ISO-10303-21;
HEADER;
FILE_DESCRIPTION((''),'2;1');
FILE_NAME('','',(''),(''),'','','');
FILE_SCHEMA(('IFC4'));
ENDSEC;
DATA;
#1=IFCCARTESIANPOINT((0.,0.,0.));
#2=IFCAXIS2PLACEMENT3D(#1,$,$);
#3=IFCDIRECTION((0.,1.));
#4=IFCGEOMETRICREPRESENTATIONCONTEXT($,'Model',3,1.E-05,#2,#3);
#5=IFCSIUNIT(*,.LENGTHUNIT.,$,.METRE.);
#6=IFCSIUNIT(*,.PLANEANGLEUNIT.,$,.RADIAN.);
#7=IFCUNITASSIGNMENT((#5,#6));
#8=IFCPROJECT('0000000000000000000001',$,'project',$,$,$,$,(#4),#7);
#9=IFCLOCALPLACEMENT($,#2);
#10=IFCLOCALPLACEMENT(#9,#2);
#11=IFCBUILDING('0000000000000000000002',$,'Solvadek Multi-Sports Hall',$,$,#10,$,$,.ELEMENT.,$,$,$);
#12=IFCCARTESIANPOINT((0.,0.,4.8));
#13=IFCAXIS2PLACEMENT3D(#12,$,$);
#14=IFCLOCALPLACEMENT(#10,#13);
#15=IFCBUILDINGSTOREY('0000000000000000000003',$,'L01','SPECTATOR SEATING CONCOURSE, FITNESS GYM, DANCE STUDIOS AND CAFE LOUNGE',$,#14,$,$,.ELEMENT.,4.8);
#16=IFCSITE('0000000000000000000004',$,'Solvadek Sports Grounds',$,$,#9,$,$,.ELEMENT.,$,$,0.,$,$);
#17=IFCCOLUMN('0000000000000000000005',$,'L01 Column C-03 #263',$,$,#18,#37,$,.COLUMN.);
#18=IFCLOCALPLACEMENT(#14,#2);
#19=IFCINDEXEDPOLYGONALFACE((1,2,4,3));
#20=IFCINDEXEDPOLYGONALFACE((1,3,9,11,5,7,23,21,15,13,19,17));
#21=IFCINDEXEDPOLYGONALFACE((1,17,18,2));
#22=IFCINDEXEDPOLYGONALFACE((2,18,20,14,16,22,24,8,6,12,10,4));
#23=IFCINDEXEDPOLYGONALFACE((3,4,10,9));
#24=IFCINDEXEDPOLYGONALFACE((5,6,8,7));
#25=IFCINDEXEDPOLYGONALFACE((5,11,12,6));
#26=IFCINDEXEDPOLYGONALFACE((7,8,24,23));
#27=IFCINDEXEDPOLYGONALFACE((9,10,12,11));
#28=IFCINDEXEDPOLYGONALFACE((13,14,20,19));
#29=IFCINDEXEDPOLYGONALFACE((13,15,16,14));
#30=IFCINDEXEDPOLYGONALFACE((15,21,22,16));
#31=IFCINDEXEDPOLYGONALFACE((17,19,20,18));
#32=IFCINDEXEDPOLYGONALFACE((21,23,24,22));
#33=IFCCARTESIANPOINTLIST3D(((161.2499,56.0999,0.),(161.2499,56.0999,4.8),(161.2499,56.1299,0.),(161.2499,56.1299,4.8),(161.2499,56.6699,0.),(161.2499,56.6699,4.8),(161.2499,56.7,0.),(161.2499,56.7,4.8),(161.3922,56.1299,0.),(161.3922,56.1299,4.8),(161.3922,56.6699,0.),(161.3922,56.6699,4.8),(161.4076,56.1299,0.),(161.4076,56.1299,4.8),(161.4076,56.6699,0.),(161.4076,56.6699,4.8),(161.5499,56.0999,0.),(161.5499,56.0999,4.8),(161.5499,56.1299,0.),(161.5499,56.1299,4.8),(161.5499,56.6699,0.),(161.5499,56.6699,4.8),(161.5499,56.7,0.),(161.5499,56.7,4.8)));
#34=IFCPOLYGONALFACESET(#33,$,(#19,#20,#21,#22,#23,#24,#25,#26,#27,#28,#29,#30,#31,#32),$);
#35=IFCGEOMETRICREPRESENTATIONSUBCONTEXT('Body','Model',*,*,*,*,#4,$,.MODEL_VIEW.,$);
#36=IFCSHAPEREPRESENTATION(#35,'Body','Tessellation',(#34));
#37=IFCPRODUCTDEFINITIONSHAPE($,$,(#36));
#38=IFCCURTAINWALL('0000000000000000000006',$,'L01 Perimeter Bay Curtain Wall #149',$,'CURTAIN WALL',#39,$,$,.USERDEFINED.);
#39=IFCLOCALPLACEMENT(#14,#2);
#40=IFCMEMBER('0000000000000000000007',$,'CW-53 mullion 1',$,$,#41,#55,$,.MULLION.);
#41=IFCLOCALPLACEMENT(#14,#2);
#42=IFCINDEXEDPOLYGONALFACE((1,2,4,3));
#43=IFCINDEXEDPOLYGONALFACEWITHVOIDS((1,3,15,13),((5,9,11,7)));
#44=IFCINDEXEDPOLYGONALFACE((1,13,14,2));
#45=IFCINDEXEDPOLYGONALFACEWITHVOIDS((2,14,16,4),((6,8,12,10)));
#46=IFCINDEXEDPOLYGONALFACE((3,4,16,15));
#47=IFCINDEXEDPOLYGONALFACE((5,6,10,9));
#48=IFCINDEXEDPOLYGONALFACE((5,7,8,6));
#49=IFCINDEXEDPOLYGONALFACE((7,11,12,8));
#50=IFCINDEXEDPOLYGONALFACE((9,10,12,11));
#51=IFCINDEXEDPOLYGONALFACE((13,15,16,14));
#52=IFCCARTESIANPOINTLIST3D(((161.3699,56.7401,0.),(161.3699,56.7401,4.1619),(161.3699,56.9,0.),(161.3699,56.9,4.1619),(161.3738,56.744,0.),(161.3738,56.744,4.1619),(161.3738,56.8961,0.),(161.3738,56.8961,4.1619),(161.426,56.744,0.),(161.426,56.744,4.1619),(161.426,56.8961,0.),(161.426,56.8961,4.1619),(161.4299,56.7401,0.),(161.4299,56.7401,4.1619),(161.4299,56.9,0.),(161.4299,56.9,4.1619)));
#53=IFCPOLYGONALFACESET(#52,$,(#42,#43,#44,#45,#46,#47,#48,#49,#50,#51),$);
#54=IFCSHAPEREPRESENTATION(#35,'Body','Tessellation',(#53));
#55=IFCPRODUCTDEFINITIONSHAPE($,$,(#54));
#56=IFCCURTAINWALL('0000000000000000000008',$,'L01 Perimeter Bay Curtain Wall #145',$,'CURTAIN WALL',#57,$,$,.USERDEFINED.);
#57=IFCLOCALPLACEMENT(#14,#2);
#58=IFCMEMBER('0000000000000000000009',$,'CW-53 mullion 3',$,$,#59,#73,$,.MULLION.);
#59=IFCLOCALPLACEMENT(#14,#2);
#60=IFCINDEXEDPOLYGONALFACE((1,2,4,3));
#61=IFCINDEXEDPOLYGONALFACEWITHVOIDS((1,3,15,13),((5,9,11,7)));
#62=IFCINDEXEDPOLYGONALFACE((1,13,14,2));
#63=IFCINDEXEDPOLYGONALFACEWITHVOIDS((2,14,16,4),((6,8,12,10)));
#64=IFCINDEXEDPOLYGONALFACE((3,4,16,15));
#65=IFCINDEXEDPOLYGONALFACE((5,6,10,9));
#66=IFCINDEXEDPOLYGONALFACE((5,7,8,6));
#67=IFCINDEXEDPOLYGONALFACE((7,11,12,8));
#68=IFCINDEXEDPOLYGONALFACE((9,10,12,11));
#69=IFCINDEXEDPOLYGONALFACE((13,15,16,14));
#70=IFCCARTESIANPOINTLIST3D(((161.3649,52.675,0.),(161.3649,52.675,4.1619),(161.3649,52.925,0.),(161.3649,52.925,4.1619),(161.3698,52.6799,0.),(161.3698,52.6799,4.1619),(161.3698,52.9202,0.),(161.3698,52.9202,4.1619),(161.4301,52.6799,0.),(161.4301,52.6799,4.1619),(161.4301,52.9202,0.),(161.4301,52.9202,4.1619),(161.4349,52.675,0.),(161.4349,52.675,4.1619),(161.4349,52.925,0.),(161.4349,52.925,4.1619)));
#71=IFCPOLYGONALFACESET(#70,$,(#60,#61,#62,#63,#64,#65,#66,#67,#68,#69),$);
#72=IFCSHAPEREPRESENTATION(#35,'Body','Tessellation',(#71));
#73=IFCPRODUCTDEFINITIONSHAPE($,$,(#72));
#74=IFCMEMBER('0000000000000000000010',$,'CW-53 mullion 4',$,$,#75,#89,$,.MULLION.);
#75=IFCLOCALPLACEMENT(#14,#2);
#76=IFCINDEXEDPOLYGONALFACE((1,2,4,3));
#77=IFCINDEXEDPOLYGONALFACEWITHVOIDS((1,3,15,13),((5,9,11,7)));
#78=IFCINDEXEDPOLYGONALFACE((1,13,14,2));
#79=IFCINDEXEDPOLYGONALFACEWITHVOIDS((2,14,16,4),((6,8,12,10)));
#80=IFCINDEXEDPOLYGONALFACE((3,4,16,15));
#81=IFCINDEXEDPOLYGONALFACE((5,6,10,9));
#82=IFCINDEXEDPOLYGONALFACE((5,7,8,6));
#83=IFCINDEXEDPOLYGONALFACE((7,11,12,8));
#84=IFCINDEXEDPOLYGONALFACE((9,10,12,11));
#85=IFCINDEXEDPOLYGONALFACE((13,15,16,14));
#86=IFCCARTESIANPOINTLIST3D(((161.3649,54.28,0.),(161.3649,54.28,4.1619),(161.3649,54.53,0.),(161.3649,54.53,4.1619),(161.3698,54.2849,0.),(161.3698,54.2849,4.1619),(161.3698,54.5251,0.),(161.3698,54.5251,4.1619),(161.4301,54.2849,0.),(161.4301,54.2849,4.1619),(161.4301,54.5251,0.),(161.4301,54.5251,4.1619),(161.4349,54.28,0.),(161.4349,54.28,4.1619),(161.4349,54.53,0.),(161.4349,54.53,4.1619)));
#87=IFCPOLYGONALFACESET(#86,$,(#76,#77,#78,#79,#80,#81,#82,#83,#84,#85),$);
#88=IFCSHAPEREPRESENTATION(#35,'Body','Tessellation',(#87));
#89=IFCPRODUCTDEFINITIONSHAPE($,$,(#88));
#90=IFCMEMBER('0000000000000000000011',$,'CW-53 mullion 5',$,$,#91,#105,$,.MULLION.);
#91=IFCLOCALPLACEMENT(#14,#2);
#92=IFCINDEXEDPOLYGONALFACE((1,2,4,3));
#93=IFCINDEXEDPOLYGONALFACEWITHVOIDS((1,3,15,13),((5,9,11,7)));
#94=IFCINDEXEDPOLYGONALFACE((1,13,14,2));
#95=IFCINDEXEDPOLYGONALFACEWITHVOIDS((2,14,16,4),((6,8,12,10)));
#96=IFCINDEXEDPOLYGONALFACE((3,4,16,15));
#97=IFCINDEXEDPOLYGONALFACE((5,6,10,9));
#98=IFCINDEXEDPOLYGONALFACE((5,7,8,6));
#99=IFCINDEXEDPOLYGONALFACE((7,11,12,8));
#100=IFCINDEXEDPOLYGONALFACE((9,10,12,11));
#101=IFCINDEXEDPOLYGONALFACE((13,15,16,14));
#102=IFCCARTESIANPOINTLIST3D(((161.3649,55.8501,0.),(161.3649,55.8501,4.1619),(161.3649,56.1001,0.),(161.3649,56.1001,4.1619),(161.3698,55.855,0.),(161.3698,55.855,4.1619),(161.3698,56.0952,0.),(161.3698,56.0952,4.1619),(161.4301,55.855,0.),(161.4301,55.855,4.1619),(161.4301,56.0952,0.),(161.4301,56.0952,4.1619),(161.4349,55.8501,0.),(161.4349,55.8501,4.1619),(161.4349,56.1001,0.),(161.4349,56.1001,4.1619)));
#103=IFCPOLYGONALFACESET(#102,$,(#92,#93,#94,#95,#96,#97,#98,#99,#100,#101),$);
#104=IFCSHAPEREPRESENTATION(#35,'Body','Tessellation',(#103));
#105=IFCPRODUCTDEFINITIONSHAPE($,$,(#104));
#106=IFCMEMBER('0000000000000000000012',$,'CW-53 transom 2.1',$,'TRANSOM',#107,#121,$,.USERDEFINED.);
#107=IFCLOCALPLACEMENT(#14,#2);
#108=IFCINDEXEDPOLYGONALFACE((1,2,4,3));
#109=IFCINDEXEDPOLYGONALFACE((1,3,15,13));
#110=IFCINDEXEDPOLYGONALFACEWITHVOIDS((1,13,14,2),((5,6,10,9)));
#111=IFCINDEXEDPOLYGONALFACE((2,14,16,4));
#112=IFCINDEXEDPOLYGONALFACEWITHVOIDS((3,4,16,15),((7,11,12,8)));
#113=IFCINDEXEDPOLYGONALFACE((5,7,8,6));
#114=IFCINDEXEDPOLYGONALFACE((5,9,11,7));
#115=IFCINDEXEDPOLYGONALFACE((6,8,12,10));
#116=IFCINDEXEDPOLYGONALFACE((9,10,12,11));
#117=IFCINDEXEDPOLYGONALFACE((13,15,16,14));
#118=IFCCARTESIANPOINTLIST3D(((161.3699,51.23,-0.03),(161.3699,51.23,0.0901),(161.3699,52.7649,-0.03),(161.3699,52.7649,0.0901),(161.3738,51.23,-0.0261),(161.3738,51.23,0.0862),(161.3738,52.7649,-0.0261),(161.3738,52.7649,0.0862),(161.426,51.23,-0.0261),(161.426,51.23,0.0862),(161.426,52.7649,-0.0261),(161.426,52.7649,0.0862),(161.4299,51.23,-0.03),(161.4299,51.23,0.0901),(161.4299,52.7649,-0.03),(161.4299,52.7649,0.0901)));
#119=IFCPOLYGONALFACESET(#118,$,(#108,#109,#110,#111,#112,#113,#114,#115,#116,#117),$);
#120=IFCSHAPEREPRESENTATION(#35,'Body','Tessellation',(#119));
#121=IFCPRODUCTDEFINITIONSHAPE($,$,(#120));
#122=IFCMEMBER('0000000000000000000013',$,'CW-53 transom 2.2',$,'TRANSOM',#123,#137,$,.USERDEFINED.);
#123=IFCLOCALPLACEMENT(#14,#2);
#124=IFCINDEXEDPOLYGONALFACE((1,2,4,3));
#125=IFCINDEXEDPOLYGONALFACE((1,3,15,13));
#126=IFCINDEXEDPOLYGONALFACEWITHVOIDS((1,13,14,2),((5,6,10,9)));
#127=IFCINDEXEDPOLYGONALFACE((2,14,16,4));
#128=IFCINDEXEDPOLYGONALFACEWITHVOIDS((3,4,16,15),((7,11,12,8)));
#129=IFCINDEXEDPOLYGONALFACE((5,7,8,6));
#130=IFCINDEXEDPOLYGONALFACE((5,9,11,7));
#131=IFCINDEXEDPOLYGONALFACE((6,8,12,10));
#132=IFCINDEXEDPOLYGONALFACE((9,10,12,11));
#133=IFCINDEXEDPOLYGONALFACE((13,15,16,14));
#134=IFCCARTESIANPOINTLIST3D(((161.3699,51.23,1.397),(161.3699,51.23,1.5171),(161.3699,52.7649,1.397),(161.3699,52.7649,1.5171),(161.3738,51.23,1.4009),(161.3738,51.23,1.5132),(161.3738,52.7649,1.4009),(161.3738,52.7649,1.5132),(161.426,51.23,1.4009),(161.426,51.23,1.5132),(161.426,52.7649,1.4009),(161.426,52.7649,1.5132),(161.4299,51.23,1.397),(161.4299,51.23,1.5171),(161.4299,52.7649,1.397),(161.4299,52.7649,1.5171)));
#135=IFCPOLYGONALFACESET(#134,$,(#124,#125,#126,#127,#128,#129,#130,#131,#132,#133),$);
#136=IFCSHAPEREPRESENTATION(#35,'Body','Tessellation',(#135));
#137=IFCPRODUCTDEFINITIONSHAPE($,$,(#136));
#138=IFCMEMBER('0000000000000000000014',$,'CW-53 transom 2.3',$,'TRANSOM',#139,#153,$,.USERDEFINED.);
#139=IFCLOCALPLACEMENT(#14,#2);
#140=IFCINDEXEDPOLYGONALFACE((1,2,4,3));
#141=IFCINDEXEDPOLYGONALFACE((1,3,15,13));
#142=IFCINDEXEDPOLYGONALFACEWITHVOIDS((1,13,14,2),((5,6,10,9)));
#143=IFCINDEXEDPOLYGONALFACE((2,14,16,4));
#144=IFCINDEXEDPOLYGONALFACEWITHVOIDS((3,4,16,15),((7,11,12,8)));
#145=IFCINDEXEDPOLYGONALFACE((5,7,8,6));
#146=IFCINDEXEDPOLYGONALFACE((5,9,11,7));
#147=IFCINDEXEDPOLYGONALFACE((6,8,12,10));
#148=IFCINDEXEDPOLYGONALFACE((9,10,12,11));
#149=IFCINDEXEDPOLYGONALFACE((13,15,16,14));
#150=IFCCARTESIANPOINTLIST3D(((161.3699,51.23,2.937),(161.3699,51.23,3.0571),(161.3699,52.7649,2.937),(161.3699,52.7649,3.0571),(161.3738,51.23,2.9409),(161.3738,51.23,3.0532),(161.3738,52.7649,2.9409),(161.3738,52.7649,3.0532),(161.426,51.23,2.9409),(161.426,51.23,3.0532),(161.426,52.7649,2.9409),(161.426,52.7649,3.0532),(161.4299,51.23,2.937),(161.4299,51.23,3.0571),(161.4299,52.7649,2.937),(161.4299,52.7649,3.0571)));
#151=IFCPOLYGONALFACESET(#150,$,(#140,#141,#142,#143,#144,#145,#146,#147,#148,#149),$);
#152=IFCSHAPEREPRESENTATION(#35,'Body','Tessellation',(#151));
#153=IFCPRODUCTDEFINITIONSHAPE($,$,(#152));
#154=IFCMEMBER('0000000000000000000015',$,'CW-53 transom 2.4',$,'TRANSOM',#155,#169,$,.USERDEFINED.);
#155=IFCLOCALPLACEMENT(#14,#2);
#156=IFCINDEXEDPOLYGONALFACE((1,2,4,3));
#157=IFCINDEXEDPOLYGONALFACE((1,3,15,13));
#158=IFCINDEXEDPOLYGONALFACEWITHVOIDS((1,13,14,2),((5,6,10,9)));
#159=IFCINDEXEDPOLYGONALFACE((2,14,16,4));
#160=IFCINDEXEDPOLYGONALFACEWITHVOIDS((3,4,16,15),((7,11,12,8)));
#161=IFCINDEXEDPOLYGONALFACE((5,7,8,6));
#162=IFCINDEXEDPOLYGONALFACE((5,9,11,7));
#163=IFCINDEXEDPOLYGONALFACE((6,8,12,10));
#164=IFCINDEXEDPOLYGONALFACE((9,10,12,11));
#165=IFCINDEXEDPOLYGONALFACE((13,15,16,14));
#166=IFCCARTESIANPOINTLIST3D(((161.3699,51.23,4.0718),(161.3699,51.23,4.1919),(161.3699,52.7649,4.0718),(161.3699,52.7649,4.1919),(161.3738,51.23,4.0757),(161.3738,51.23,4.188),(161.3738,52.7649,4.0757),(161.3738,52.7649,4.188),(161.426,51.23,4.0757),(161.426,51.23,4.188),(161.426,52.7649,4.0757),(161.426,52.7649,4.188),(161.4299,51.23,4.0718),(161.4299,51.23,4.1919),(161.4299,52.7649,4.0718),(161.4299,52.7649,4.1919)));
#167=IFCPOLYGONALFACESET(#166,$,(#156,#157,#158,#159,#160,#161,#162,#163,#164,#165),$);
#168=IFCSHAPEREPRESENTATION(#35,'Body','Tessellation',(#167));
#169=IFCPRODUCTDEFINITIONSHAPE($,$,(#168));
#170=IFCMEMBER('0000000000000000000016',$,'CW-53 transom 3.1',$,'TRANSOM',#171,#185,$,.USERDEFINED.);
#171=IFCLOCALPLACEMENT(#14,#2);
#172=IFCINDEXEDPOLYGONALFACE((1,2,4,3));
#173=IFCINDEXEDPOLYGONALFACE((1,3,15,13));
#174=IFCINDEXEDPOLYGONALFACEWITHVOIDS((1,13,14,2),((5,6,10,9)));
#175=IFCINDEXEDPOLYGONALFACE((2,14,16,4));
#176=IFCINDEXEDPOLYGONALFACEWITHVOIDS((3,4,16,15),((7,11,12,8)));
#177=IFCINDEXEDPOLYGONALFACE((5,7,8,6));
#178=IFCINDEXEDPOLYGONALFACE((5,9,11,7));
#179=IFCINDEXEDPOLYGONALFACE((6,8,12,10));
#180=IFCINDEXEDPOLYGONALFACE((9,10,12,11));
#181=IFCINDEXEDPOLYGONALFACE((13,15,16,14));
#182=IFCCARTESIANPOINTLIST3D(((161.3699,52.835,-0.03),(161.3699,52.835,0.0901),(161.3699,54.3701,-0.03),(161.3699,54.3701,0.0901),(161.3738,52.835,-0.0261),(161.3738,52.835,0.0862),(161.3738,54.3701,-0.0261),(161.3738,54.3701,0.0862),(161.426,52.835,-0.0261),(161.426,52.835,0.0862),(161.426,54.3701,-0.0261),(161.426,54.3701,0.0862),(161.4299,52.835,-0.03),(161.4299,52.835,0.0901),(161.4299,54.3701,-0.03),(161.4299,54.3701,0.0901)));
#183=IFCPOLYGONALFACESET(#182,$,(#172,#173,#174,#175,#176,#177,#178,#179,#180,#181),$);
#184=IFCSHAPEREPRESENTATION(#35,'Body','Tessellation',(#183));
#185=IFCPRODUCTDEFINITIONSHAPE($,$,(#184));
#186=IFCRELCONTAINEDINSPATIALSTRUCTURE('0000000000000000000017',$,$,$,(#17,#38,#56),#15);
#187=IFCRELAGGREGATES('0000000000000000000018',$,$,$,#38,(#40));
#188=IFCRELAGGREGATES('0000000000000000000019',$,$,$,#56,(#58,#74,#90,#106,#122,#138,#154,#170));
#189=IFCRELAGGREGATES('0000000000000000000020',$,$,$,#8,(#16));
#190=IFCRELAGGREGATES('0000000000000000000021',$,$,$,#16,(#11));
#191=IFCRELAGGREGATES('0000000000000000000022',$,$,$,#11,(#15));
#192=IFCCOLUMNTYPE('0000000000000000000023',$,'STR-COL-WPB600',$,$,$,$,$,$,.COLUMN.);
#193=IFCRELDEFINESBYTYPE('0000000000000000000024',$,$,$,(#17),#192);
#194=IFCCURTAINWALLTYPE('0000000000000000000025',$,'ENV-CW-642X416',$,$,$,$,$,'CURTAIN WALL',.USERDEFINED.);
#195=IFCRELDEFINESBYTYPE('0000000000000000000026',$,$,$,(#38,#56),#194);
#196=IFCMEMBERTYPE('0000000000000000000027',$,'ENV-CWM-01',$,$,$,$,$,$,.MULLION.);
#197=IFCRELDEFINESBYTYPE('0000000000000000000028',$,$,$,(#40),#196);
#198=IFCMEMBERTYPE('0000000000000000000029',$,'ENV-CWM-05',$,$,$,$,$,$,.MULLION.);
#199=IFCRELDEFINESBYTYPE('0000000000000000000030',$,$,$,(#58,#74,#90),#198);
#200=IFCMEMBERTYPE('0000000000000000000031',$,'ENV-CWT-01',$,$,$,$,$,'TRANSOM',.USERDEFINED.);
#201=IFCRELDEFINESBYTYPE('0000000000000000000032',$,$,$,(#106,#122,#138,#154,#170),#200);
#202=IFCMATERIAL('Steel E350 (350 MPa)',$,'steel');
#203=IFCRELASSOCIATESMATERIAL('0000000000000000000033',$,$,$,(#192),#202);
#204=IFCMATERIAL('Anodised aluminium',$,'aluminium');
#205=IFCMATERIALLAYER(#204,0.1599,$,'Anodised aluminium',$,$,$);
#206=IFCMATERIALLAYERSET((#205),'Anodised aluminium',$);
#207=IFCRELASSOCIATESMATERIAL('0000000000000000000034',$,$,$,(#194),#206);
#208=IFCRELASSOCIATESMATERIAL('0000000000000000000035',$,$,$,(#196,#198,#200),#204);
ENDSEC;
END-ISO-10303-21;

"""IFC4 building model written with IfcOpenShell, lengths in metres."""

from ifc_helpers import new_model, si_unit, direction, frame, origin, origin_2d, place, context, subcontext, project, spatial, hollow_rectangle, i_section, extrude, material, layer, layer_set, material_profile, profile_set, type_object, element, aggregate, save


model = new_model("IFC4")

# Units and contexts
model_context = context("Model", 3, precision=1e-05, world=origin(), true_north=direction((0.0, 1.0)))
body_context = subcontext(model_context, "Body", "Model", "MODEL_VIEW")
ifc_project = project(units=[si_unit("LENGTHUNIT", "METRE"), si_unit("PLANEANGLEUNIT", "RADIAN")], contexts=[model_context])

# Site, building, storey
site_placement = place(None, origin())
site = spatial("IfcSite", under=ifc_project, at=site_placement, Name="Solvadek Sports Grounds", CompositionType="ELEMENT", RefElevation=0.0)
building_placement = place(site_placement, origin())
building = spatial("IfcBuilding", under=site, at=building_placement, Name="Solvadek Multi-Sports Hall", CompositionType="ELEMENT")
storey_placement = place(building_placement, frame((0.0, 0.0, 4.8)))
storey = spatial("IfcBuildingStorey", under=building, at=storey_placement, Name="L01", Description="SPECTATOR SEATING CONCOURSE, FITNESS GYM, DANCE STUDIOS AND CAFE LOUNGE", CompositionType="ELEMENT", Elevation=4.8)

# Column
ifc_material_1 = material(Name="Steel E350 (350 MPa)", Category="steel")
ifc_material_profile_1 = material_profile(ifc_material_1, i_section(OverallWidth=0.3, OverallDepth=0.6001, WebThickness=0.0154, FlangeThickness=0.03, at=origin_2d()), Name="WPB 600")
ifc_profile_set_1 = profile_set([ifc_material_profile_1], Name="Steel E350 (350 MPa)")
column_type = type_object("IfcColumnType", Name="STR-COL-WPB600", PredefinedType="COLUMN", material=ifc_profile_set_1)
column_placement = place(storey_placement, frame((161.3999, 56.3999, 0.0), z_axis=(0.0, 0.0, 1.0), x_axis=(1.0, 0.0, 0.0)))
element("IfcColumn", 1, at=column_placement, inside=storey, type_object=column_type, Name="L01 Column C-03 #263", PredefinedType="COLUMN", context=body_context, shape_type="SweptSolid", body=[
    extrude(i_section(OverallWidth=0.3, OverallDepth=0.6001, WebThickness=0.0154, FlangeThickness=0.03, at=origin_2d()), origin(), (0.0, 0.0, 1.0), 4.8),
])

# Curtain wall, member
ifc_material_2 = material(Name="Anodised aluminium", Category="aluminium")
ifc_layer_1 = layer(ifc_material_2, 0.1599, Name="Anodised aluminium")
ifc_layer_set_1 = layer_set([ifc_layer_1], Name="Anodised aluminium")
curtain_wall_type = type_object("IfcCurtainWallType", Name="ENV-CW-642X416", ElementType="CURTAIN WALL", PredefinedType="USERDEFINED", material=ifc_layer_set_1)
curtain_wall_1_placement = place(storey_placement, origin())
curtain_wall_1 = element("IfcCurtainWall", 2, at=curtain_wall_1_placement, inside=storey, type_object=curtain_wall_type, Name="L01 Perimeter Bay Curtain Wall #149", ObjectType="CURTAIN WALL", PredefinedType="USERDEFINED")
ifc_material_profile_2 = material_profile(ifc_material_2, hollow_rectangle(XDim=0.0601, YDim=0.1599, WallThickness=0.0039, at=origin_2d()), Name="ALU-M 160x60x4")
ifc_profile_set_2 = profile_set([ifc_material_profile_2], Name="Anodised aluminium")
member_type_1 = type_object("IfcMemberType", Name="ENV-CWM-01", PredefinedType="MULLION", material=ifc_profile_set_2)
member_1_placement = place(storey_placement, frame((161.3999, 56.8201, 0.0), z_axis=(0.0, 0.0, 1.0), x_axis=(-1.0, 0.0, 0.0)))
member_1 = element("IfcMember", 3, at=member_1_placement, type_object=member_type_1, Name="CW-53 mullion 1", PredefinedType="MULLION", context=body_context, shape_type="SweptSolid", body=[
    extrude(hollow_rectangle(XDim=0.0601, YDim=0.1599, WallThickness=0.0039, at=origin_2d()), origin(), (0.0, 0.0, 1.0), 4.1619),
])

# Curtain wall, members
curtain_wall_2_placement = place(storey_placement, origin())
curtain_wall_2 = element("IfcCurtainWall", 4, at=curtain_wall_2_placement, inside=storey, type_object=curtain_wall_type, Name="L01 Perimeter Bay Curtain Wall #145", ObjectType="CURTAIN WALL", PredefinedType="USERDEFINED")
ifc_material_profile_3 = material_profile(ifc_material_2, hollow_rectangle(XDim=0.0701, YDim=0.25, WallThickness=0.0049, at=origin_2d()), Name="ALU-M 250x70x5")
ifc_profile_set_3 = profile_set([ifc_material_profile_3], Name="Anodised aluminium")
member_type_2 = type_object("IfcMemberType", Name="ENV-CWM-05", PredefinedType="MULLION", material=ifc_profile_set_3)
member_2_placement = place(storey_placement, frame((161.3999, 52.8, 0.0), z_axis=(0.0, 0.0, 1.0), x_axis=(-1.0, 0.0, 0.0)))
member_2 = element("IfcMember", 5, at=member_2_placement, type_object=member_type_2, Name="CW-53 mullion 3", PredefinedType="MULLION", context=body_context, shape_type="SweptSolid", body=[
    extrude(hollow_rectangle(XDim=0.0701, YDim=0.25, WallThickness=0.0049, at=origin_2d()), origin(), (0.0, 0.0, 1.0), 4.1619),
])
member_3_placement = place(storey_placement, frame((161.3999, 54.405, 0.0), z_axis=(0.0, 0.0, 1.0), x_axis=(-1.0, 0.0, 0.0)))
member_3 = element("IfcMember", 6, at=member_3_placement, type_object=member_type_2, Name="CW-53 mullion 4", PredefinedType="MULLION", context=body_context, shape_type="SweptSolid", body=[
    extrude(hollow_rectangle(XDim=0.0701, YDim=0.25, WallThickness=0.0049, at=origin_2d()), origin(), (0.0, 0.0, 1.0), 4.1619),
])
member_4_placement = place(storey_placement, frame((161.3999, 55.9751, 0.0), z_axis=(0.0, 0.0, 1.0), x_axis=(-1.0, 0.0, 0.0)))
member_4 = element("IfcMember", 7, at=member_4_placement, type_object=member_type_2, Name="CW-53 mullion 5", PredefinedType="MULLION", context=body_context, shape_type="SweptSolid", body=[
    extrude(hollow_rectangle(XDim=0.0701, YDim=0.25, WallThickness=0.0049, at=origin_2d()), origin(), (0.0, 0.0, 1.0), 4.1619),
])
ifc_material_profile_4 = material_profile(ifc_material_2, hollow_rectangle(XDim=0.0601, YDim=0.1201, WallThickness=0.0039, at=origin_2d()), Name="ALU-T 120x60x4")
ifc_profile_set_4 = profile_set([ifc_material_profile_4], Name="Anodised aluminium")
member_type_3 = type_object("IfcMemberType", Name="ENV-CWT-01", ElementType="TRANSOM", PredefinedType="USERDEFINED", material=ifc_profile_set_4)
member_5_placement = place(storey_placement, frame((161.3999, 51.23, 0.03), z_axis=(0.0, 1.0, 0.0), x_axis=(-1.0, 0.0, 0.0)))
member_5 = element("IfcMember", 8, at=member_5_placement, type_object=member_type_3, Name="CW-53 transom 2.1", ObjectType="TRANSOM", PredefinedType="USERDEFINED", context=body_context, shape_type="SweptSolid", body=[
    extrude(hollow_rectangle(XDim=0.0601, YDim=0.1201, WallThickness=0.0039, at=origin_2d()), origin(), (0.0, 0.0, 1.0), 1.5349),
])
member_6_placement = place(storey_placement, frame((161.3999, 51.23, 1.457), z_axis=(0.0, 1.0, 0.0), x_axis=(-1.0, 0.0, 0.0)))
member_6 = element("IfcMember", 9, at=member_6_placement, type_object=member_type_3, Name="CW-53 transom 2.2", ObjectType="TRANSOM", PredefinedType="USERDEFINED", context=body_context, shape_type="SweptSolid", body=[
    extrude(hollow_rectangle(XDim=0.0601, YDim=0.1201, WallThickness=0.0039, at=origin_2d()), origin(), (0.0, 0.0, 1.0), 1.5349),
])
member_7_placement = place(storey_placement, frame((161.3999, 51.23, 2.9971), z_axis=(0.0, 1.0, 0.0), x_axis=(-1.0, 0.0, 0.0)))
member_7 = element("IfcMember", 10, at=member_7_placement, type_object=member_type_3, Name="CW-53 transom 2.3", ObjectType="TRANSOM", PredefinedType="USERDEFINED", context=body_context, shape_type="SweptSolid", body=[
    extrude(hollow_rectangle(XDim=0.0601, YDim=0.1201, WallThickness=0.0039, at=origin_2d()), origin(), (0.0, 0.0, 1.0), 1.5349),
])
member_8_placement = place(storey_placement, frame((161.3999, 51.23, 4.1318), z_axis=(0.0, 1.0, 0.0), x_axis=(-1.0, 0.0, 0.0)))
member_8 = element("IfcMember", 11, at=member_8_placement, type_object=member_type_3, Name="CW-53 transom 2.4", ObjectType="TRANSOM", PredefinedType="USERDEFINED", context=body_context, shape_type="SweptSolid", body=[
    extrude(hollow_rectangle(XDim=0.0601, YDim=0.1201, WallThickness=0.0039, at=origin_2d()), origin(), (0.0, 0.0, 1.0), 1.5349),
])
member_9_placement = place(storey_placement, frame((161.3999, 52.835, 0.03), z_axis=(0.0, 1.0, 0.0), x_axis=(-1.0, 0.0, 0.0)))
member_9 = element("IfcMember", 12, at=member_9_placement, type_object=member_type_3, Name="CW-53 transom 3.1", ObjectType="TRANSOM", PredefinedType="USERDEFINED", context=body_context, shape_type="SweptSolid", body=[
    extrude(hollow_rectangle(XDim=0.0601, YDim=0.1201, WallThickness=0.0039, at=origin_2d()), origin(), (0.0, 0.0, 1.0), 1.5352),
])

aggregate(curtain_wall_1, [member_1])

aggregate(curtain_wall_2, [member_2, member_3, member_4, member_5, member_6, member_7, member_8, member_9])

save(model, "model.ifc")
